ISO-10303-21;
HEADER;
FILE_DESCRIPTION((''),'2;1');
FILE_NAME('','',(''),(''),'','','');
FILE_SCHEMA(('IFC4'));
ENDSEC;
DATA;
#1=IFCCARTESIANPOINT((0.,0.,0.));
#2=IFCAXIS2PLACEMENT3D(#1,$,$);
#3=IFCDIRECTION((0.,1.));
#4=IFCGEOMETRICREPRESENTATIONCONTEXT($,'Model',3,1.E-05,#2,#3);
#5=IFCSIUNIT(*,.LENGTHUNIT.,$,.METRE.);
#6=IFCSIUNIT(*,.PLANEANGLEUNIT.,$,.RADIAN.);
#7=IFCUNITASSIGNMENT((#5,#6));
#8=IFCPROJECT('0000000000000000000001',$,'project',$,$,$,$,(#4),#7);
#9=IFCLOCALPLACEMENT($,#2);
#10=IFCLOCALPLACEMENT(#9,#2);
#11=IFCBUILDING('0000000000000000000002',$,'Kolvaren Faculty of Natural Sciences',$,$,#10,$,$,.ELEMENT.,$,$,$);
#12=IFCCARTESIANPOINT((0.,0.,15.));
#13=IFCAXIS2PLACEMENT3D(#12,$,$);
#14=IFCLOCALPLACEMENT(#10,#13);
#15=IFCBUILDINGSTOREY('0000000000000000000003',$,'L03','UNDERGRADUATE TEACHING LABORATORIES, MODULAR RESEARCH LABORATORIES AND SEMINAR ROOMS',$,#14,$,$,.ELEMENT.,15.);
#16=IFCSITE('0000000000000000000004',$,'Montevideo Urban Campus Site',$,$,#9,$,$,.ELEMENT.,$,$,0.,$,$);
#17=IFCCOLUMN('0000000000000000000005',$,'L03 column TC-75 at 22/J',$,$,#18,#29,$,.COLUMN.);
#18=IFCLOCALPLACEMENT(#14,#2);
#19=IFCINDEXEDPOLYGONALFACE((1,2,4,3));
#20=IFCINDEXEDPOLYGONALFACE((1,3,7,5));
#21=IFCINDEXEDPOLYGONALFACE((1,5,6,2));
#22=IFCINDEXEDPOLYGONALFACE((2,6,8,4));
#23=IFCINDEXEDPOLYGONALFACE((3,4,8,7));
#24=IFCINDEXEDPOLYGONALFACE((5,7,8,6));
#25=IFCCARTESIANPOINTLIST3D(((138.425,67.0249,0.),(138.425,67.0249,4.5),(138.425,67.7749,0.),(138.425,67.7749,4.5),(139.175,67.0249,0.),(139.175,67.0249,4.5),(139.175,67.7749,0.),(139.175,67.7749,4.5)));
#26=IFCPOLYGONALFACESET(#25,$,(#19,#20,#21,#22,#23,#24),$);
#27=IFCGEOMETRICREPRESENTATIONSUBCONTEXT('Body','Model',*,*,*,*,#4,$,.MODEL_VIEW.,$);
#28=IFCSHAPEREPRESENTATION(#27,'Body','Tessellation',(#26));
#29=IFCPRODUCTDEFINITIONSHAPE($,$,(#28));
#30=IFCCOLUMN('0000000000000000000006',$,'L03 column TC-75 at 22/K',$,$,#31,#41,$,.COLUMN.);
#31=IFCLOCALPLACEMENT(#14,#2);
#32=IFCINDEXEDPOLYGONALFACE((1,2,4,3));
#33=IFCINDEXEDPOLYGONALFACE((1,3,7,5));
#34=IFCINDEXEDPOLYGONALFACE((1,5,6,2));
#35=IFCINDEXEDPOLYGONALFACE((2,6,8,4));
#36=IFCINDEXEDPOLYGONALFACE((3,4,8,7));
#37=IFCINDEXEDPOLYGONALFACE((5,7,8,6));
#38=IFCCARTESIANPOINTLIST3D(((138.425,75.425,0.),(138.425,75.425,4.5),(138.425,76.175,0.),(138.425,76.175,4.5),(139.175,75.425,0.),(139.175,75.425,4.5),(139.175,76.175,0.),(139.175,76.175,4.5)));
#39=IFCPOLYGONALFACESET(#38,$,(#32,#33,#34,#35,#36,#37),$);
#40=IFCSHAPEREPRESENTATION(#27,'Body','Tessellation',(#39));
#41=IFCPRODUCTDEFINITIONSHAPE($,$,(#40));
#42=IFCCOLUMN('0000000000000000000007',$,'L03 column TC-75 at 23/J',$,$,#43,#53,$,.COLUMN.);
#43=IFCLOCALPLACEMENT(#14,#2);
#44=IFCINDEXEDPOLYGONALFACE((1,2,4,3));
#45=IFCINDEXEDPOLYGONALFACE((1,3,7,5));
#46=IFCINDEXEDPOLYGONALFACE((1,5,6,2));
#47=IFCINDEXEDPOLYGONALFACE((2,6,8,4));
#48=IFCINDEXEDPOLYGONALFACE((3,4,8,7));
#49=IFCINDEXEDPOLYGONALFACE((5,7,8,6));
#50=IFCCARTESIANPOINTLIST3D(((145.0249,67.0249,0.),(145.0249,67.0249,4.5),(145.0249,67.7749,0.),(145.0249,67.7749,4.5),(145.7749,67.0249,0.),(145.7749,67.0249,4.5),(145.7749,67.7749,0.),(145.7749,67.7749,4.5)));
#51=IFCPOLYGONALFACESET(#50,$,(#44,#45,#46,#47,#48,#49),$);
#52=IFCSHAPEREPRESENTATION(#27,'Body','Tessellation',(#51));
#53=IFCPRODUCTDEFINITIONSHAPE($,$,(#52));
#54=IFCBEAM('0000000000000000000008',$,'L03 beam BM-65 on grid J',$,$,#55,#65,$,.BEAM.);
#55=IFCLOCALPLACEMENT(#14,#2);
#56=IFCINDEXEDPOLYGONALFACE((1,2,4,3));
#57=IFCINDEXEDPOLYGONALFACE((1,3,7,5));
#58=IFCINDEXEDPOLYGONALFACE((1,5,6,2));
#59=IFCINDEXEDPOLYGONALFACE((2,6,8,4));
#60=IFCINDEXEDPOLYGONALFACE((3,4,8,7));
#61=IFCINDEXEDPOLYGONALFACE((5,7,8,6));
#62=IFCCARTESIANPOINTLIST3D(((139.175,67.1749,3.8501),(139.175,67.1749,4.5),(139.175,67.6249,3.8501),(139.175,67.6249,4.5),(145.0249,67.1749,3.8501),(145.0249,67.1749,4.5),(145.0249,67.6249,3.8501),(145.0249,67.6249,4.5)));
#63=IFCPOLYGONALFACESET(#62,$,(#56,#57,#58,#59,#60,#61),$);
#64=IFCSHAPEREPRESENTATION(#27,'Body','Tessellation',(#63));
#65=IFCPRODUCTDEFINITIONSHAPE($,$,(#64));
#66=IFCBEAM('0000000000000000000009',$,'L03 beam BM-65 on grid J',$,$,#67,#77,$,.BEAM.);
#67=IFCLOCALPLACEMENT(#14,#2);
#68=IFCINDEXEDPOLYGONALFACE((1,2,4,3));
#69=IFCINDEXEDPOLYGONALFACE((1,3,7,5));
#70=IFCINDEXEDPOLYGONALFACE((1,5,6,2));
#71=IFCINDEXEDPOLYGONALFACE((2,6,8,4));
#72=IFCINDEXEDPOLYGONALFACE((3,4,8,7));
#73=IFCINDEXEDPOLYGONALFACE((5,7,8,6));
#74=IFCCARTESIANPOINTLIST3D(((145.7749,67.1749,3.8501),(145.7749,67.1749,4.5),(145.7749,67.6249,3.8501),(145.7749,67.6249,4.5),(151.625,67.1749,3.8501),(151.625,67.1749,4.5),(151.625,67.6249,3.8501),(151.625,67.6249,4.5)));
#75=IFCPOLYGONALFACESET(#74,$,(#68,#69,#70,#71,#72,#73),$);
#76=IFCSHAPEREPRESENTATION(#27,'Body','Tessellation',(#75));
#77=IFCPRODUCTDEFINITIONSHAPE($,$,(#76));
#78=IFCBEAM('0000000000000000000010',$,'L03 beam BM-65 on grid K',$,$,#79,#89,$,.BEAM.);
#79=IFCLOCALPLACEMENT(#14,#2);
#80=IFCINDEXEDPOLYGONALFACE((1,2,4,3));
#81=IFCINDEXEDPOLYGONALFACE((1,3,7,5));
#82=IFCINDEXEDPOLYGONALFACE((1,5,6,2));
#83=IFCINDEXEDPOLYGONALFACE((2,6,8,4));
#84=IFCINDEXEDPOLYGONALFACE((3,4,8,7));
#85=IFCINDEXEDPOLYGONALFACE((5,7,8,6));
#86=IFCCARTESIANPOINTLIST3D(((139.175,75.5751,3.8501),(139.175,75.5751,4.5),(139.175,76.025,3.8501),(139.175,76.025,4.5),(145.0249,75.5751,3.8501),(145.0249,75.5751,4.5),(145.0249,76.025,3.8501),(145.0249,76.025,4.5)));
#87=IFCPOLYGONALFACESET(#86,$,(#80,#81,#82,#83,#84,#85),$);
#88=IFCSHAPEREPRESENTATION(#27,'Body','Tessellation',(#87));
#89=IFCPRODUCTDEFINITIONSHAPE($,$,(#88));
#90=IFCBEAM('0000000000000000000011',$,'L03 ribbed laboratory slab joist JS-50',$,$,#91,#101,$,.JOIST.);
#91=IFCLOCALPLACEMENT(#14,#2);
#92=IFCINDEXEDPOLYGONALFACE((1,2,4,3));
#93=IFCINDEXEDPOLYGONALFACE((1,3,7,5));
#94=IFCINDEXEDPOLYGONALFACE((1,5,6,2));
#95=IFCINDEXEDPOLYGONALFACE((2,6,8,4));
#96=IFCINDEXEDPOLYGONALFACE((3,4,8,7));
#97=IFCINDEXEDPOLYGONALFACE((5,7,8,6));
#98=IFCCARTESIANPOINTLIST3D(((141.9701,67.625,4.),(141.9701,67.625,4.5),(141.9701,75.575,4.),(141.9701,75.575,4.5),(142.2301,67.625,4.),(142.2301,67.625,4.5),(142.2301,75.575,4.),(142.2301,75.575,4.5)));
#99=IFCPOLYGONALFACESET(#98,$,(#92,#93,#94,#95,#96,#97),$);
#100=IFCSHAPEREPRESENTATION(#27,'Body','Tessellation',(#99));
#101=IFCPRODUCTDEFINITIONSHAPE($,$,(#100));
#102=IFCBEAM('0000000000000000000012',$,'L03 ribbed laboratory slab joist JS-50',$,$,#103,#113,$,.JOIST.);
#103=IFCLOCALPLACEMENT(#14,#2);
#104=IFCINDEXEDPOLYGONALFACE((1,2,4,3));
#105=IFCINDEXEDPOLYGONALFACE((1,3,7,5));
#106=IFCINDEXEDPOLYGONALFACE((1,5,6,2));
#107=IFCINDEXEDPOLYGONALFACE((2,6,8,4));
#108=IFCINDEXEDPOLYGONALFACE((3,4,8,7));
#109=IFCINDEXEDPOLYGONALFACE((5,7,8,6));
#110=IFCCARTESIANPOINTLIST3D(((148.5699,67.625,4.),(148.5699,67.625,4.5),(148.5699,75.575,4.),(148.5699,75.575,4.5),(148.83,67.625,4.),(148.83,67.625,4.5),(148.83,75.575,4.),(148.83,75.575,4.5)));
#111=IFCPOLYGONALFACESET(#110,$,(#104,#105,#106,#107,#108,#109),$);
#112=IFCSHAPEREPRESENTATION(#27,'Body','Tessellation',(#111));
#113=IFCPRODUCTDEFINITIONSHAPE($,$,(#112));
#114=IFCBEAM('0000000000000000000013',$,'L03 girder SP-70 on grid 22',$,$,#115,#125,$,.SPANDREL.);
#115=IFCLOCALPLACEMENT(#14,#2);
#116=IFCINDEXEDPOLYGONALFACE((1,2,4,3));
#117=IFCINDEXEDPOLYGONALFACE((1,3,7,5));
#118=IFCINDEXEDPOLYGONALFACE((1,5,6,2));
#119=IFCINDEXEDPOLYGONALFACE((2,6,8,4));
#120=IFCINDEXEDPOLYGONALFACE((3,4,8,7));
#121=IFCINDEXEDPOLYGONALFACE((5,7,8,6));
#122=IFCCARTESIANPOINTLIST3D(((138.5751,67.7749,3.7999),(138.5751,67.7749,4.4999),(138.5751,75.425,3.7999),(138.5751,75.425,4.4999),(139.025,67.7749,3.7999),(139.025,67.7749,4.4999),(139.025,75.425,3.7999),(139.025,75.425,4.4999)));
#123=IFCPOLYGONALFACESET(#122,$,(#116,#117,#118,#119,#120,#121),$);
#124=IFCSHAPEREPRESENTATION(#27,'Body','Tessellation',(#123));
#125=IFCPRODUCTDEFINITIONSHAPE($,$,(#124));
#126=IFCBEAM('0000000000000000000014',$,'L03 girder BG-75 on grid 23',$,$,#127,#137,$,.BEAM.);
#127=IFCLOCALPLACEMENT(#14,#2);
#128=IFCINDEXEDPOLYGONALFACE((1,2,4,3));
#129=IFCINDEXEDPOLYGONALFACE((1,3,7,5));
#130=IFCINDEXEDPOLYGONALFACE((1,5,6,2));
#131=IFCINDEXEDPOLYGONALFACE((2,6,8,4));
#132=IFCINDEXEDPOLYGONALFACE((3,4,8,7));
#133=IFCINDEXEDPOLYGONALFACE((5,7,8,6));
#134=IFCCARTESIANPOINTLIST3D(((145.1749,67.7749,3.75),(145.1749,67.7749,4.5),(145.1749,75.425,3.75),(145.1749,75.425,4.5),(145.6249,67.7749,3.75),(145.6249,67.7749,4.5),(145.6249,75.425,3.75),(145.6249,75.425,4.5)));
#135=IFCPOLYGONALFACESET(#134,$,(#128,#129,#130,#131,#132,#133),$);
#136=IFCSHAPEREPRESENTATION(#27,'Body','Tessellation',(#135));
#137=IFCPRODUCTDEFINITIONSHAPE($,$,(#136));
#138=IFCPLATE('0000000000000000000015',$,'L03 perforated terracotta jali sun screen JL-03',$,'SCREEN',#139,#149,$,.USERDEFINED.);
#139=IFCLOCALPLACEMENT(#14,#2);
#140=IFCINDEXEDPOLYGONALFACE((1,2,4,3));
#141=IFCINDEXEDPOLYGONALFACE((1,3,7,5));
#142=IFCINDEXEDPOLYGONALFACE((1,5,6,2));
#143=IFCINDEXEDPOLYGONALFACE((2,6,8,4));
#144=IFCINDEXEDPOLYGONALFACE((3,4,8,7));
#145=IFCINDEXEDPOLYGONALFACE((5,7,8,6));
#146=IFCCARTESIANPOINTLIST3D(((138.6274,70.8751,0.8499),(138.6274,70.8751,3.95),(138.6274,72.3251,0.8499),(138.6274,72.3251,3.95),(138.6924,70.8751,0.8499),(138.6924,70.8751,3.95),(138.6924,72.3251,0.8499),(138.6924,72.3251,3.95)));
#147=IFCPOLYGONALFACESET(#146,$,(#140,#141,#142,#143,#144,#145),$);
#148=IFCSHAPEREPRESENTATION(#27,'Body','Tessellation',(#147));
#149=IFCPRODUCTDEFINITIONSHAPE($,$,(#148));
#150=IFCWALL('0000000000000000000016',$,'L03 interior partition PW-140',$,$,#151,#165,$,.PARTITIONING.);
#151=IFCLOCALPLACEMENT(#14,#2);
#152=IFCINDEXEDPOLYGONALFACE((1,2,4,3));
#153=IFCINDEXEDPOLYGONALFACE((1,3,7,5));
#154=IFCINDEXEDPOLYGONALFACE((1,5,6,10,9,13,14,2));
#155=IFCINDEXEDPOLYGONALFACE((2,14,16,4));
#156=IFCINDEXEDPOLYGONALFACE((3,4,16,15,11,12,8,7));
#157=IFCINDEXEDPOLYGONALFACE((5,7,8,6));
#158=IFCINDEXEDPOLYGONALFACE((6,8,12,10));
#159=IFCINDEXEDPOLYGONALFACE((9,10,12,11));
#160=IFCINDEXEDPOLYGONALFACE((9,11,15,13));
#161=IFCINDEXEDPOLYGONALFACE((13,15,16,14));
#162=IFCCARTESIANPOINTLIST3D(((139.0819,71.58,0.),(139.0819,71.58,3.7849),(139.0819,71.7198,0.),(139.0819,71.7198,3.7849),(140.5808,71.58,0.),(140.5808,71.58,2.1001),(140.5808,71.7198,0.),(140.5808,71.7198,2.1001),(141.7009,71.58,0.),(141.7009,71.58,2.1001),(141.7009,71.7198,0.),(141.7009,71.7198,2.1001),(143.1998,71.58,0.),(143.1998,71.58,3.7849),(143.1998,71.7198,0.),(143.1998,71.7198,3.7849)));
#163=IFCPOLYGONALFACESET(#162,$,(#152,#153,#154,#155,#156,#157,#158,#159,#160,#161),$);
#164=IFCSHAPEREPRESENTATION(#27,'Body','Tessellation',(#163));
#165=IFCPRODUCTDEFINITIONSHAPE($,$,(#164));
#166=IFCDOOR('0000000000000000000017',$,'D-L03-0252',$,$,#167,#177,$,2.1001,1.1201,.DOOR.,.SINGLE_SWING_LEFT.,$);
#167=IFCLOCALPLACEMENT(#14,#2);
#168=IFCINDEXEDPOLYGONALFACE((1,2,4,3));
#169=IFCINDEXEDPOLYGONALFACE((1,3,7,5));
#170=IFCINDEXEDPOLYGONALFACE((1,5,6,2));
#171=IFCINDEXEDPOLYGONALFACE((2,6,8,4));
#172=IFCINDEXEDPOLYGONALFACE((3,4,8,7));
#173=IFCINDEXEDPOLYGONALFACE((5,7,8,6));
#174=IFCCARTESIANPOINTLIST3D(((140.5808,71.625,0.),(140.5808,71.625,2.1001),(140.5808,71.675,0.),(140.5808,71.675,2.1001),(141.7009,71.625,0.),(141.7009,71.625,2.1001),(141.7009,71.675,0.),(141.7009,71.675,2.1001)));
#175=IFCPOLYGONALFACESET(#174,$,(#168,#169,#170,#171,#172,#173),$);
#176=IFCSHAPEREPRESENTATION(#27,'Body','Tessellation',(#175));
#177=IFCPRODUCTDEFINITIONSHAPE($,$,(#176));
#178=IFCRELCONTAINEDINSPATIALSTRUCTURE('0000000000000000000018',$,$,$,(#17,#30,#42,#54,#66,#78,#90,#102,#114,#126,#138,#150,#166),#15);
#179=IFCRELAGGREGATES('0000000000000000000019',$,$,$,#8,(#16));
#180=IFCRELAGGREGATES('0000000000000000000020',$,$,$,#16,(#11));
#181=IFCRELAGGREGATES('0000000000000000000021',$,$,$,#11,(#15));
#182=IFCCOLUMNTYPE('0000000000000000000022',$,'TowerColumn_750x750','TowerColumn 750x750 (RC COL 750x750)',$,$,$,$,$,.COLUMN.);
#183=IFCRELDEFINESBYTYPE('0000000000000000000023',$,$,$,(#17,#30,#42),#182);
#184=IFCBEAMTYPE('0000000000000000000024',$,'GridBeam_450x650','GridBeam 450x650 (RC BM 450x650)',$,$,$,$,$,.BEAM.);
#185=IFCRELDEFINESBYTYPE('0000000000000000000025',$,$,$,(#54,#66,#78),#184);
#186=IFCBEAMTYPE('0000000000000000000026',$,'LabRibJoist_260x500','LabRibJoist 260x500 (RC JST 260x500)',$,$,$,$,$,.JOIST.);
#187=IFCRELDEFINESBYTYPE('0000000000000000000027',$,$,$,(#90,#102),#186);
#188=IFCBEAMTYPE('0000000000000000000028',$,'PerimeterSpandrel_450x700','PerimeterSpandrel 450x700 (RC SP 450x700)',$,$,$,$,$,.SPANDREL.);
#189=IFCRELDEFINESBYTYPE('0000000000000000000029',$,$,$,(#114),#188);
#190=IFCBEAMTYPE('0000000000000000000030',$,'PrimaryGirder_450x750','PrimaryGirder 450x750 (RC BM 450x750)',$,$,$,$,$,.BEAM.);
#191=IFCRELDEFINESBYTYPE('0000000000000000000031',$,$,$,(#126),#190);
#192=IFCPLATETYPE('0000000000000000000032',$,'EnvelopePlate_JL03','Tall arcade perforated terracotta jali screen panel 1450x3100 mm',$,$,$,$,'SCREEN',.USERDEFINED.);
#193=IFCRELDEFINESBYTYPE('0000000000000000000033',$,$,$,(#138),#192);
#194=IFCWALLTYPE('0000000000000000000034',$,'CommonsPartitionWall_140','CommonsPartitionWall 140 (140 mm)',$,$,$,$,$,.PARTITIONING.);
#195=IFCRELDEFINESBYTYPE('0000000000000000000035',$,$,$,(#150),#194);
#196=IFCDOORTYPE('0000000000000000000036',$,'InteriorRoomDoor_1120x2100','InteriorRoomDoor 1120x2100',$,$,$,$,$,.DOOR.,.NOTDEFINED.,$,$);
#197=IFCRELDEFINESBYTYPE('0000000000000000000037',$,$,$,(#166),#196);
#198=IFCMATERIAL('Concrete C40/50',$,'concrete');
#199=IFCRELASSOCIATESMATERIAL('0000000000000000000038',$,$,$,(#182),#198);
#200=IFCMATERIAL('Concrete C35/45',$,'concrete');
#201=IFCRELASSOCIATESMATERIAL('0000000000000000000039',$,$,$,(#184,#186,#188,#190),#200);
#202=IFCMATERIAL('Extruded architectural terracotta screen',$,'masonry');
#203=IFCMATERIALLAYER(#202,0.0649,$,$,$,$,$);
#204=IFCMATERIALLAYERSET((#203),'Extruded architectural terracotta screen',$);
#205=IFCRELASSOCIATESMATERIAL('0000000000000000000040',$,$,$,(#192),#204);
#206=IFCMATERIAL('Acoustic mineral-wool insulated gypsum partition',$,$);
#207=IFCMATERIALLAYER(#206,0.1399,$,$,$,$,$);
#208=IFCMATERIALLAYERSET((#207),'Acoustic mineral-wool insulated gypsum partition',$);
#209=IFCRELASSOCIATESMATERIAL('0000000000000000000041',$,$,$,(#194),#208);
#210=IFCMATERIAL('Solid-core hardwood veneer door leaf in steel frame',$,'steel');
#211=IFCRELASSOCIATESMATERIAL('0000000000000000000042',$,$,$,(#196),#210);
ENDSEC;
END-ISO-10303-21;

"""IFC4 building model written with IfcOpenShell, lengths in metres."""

from ifc_helpers import new_model, si_unit, direction, frame, frame_2d, origin, origin_2d, place, context, subcontext, project, spatial, rectangle, extrude, material, layer, layer_set, material_profile, profile_set, type_object, element, fill, save


model = new_model("IFC4")

# Units and contexts
model_context = context("Model", 3, precision=1e-05, world=origin(), true_north=direction((0.0, 1.0)))
body_context = subcontext(model_context, "Body", "Model", "MODEL_VIEW")
ifc_project = project(units=[si_unit("LENGTHUNIT", "METRE"), si_unit("PLANEANGLEUNIT", "RADIAN")], contexts=[model_context])

# Site, building, storey
site_placement = place(None, origin())
site = spatial("IfcSite", under=ifc_project, at=site_placement, Name="Montevideo Urban Campus Site", CompositionType="ELEMENT", RefElevation=0.0)
building_placement = place(site_placement, origin())
building = spatial("IfcBuilding", under=site, at=building_placement, Name="Kolvaren Faculty of Natural Sciences", CompositionType="ELEMENT")
storey_placement = place(building_placement, frame((0.0, 0.0, 15.0)))
storey = spatial("IfcBuildingStorey", under=building, at=storey_placement, Name="L03", Description="UNDERGRADUATE TEACHING LABORATORIES, MODULAR RESEARCH LABORATORIES AND SEMINAR ROOMS", CompositionType="ELEMENT", Elevation=15.0)

# Columns
ifc_material_1 = material(Name="Concrete C40/50", Category="concrete")
ifc_material_profile_1 = material_profile(ifc_material_1, rectangle(XDim=0.75, YDim=0.75, at=origin_2d()), Name="RC COL 750x750")
ifc_profile_set_1 = profile_set([ifc_material_profile_1], Name="Concrete C40/50")
column_type = type_object("IfcColumnType", Name="TowerColumn_750x750", Description="TowerColumn 750x750 (RC COL 750x750)", PredefinedType="COLUMN", material=ifc_profile_set_1)
for number, where, z_axis, x_axis, name in (
    (1, (138.8, 67.3999, 0.0), (0.0, 0.0, 1.0), (1.0, 0.0, 0.0), "L03 column TC-75 at 22/J"),
    (2, (138.8, 75.8, 0.0), (0.0, 0.0, 1.0), (1.0, 0.0, 0.0), "L03 column TC-75 at 22/K"),
    (3, (145.3999, 67.3999, 0.0), (0.0, 0.0, 1.0), (1.0, 0.0, 0.0), "L03 column TC-75 at 23/J"),
):
    element("IfcColumn", number, at=place(storey_placement, frame(where, z_axis=z_axis, x_axis=x_axis)), inside=storey, type_object=column_type, Name=name, PredefinedType="COLUMN", context=body_context, shape_type="SweptSolid", body=[
        extrude(rectangle(XDim=0.75, YDim=0.75, at=origin_2d()), origin(), (0.0, 0.0, 1.0), 4.5),
    ])

# Beams
ifc_material_2 = material(Name="Concrete C35/45", Category="concrete")
ifc_material_profile_2 = material_profile(ifc_material_2, rectangle(XDim=0.45, YDim=0.6499, at=origin_2d()), Name="RC BM 450x650")
ifc_profile_set_2 = profile_set([ifc_material_profile_2], Name="Concrete C35/45")
beam_type_1 = type_object("IfcBeamType", Name="GridBeam_450x650", Description="GridBeam 450x650 (RC BM 450x650)", PredefinedType="BEAM", material=ifc_profile_set_2)
beam_1_placement = place(storey_placement, frame((139.175, 67.3999, 4.175), z_axis=(1.0, 0.0, 0.0), x_axis=(0.0, 1.0, 0.0)))
element("IfcBeam", 4, at=beam_1_placement, inside=storey, type_object=beam_type_1, Name="L03 beam BM-65 on grid J", PredefinedType="BEAM", context=body_context, shape_type="SweptSolid", body=[
    extrude(rectangle(XDim=0.45, YDim=0.6499, at=origin_2d()), origin(), (0.0, 0.0, 1.0), 5.8499),
])
beam_2_placement = place(storey_placement, frame((145.7749, 67.3999, 4.175), z_axis=(1.0, 0.0, 0.0), x_axis=(0.0, 1.0, 0.0)))
element("IfcBeam", 5, at=beam_2_placement, inside=storey, type_object=beam_type_1, Name="L03 beam BM-65 on grid J", PredefinedType="BEAM", context=body_context, shape_type="SweptSolid", body=[
    extrude(rectangle(XDim=0.45, YDim=0.6499, at=origin_2d()), origin(), (0.0, 0.0, 1.0), 5.8501),
])
beam_3_placement = place(storey_placement, frame((139.175, 75.8, 4.175), z_axis=(1.0, 0.0, 0.0), x_axis=(0.0, 1.0, 0.0)))
element("IfcBeam", 6, at=beam_3_placement, inside=storey, type_object=beam_type_1, Name="L03 beam BM-65 on grid K", PredefinedType="BEAM", context=body_context, shape_type="SweptSolid", body=[
    extrude(rectangle(XDim=0.45, YDim=0.6499, at=origin_2d()), origin(), (0.0, 0.0, 1.0), 5.8499),
])
ifc_material_profile_3 = material_profile(ifc_material_2, rectangle(XDim=0.26, YDim=0.5, at=origin_2d()), Name="RC JST 260x500")
ifc_profile_set_3 = profile_set([ifc_material_profile_3], Name="Concrete C35/45")
beam_type_2 = type_object("IfcBeamType", Name="LabRibJoist_260x500", Description="LabRibJoist 260x500 (RC JST 260x500)", PredefinedType="JOIST", material=ifc_profile_set_3)
for number, where, z_axis, x_axis, name in (
    (7, (142.1001, 67.625, 4.25), (0.0, 1.0, 0.0), (-1.0, 0.0, 0.0), "L03 ribbed laboratory slab joist JS-50"),
    (8, (148.7, 67.625, 4.25), (0.0, 1.0, 0.0), (-1.0, 0.0, 0.0), "L03 ribbed laboratory slab joist JS-50"),
):
    element("IfcBeam", number, at=place(storey_placement, frame(where, z_axis=z_axis, x_axis=x_axis)), inside=storey, type_object=beam_type_2, Name=name, PredefinedType="JOIST", context=body_context, shape_type="SweptSolid", body=[
        extrude(rectangle(XDim=0.26, YDim=0.5, at=origin_2d()), origin(), (0.0, 0.0, 1.0), 7.95),
    ])
ifc_material_profile_4 = material_profile(ifc_material_2, rectangle(XDim=0.45, YDim=0.7, at=origin_2d()), Name="RC SP 450x700")
ifc_profile_set_4 = profile_set([ifc_material_profile_4], Name="Concrete C35/45")
beam_type_3 = type_object("IfcBeamType", Name="PerimeterSpandrel_450x700", Description="PerimeterSpandrel 450x700 (RC SP 450x700)", PredefinedType="SPANDREL", material=ifc_profile_set_4)
beam_4_placement = place(storey_placement, frame((138.8, 67.7749, 4.1499), z_axis=(0.0, 1.0, 0.0), x_axis=(-1.0, 0.0, 0.0)))
element("IfcBeam", 9, at=beam_4_placement, inside=storey, type_object=beam_type_3, Name="L03 girder SP-70 on grid 22", PredefinedType="SPANDREL", context=body_context, shape_type="SweptSolid", body=[
    extrude(rectangle(XDim=0.45, YDim=0.7, at=origin_2d()), origin(), (0.0, 0.0, 1.0), 7.6501),
])
ifc_material_profile_5 = material_profile(ifc_material_2, rectangle(XDim=0.45, YDim=0.75, at=origin_2d()), Name="RC BM 450x750")
ifc_profile_set_5 = profile_set([ifc_material_profile_5], Name="Concrete C35/45")
beam_type_4 = type_object("IfcBeamType", Name="PrimaryGirder_450x750", Description="PrimaryGirder 450x750 (RC BM 450x750)", PredefinedType="BEAM", material=ifc_profile_set_5)
beam_5_placement = place(storey_placement, frame((145.3999, 67.7749, 4.125), z_axis=(0.0, 1.0, 0.0), x_axis=(-1.0, 0.0, 0.0)))
element("IfcBeam", 10, at=beam_5_placement, inside=storey, type_object=beam_type_4, Name="L03 girder BG-75 on grid 23", PredefinedType="BEAM", context=body_context, shape_type="SweptSolid", body=[
    extrude(rectangle(XDim=0.45, YDim=0.75, at=origin_2d()), origin(), (0.0, 0.0, 1.0), 7.6501),
])

# Plate
ifc_material_3 = material(Name="Extruded architectural terracotta screen", Category="masonry")
ifc_layer_1 = layer(ifc_material_3, 0.0649)
ifc_layer_set_1 = layer_set([ifc_layer_1], Name="Extruded architectural terracotta screen")
plate_type = type_object("IfcPlateType", Name="EnvelopePlate_JL03", Description="Tall arcade perforated terracotta jali screen panel 1450x3100 mm", ElementType="SCREEN", PredefinedType="USERDEFINED", material=ifc_layer_set_1)
plate_placement = place(storey_placement, frame((138.6599, 71.6001, 0.8499), z_axis=(0.0, 0.0, 1.0), x_axis=(0.0, 1.0, 0.0)))
element("IfcPlate", 11, at=plate_placement, inside=storey, type_object=plate_type, Name="L03 perforated terracotta jali sun screen JL-03", ObjectType="SCREEN", PredefinedType="USERDEFINED", context=body_context, shape_type="SweptSolid", body=[
    extrude(rectangle(XDim=1.45, YDim=0.0649, at=origin_2d()), origin(), (0.0, 0.0, 1.0), 3.1001),
])

# Wall, opening, door
ifc_material_4 = material(Name="Acoustic mineral-wool insulated gypsum partition")
ifc_layer_2 = layer(ifc_material_4, 0.1399)
ifc_layer_set_2 = layer_set([ifc_layer_2], Name="Acoustic mineral-wool insulated gypsum partition")
wall_type_1 = type_object("IfcWallType", Name="CommonsPartitionWall_140", Description="CommonsPartitionWall 140 (140 mm)", PredefinedType="PARTITIONING", material=ifc_layer_set_2)
wall_1_placement = place(storey_placement, frame((143.2, 71.6499, 0.0), z_axis=(0.0, 0.0, 1.0), x_axis=(-1.0, 0.0, 0.0)))
wall_1 = element("IfcWall", 12, at=wall_1_placement, inside=storey, type_object=wall_type_1, Name="L03 interior partition PW-140", PredefinedType="PARTITIONING", context=body_context, shape_type="SweptSolid", body=[
    extrude(rectangle(XDim=4.1179, YDim=0.1399, at=frame_2d((2.0591, 0.0))), origin(), (0.0, 0.0, 1.0), 3.7849),
])
opening_1_placement = place(wall_1_placement, frame((1.499, 0.0, 0.0)))
opening_1 = element("IfcOpeningElement", 13, at=opening_1_placement, cuts=wall_1, PredefinedType="OPENING", context=body_context, shape_type="SweptSolid", body=[
    extrude(rectangle(XDim=1.1201, YDim=2.1001, at=frame_2d((0.5601, 1.05))), frame((0.0, 0.0798, 0.0), z_axis=(0.0, -1.0, 0.0), x_axis=(1.0, 0.0, 0.0)), (0.0, 0.0, 1.0), 0.1599),
])
ifc_material_5 = material(Name="Solid-core hardwood veneer door leaf in steel frame", Category="steel")
door_type = type_object("IfcDoorType", Name="InteriorRoomDoor_1120x2100", Description="InteriorRoomDoor 1120x2100", OperationType="NOTDEFINED", PredefinedType="DOOR", material=ifc_material_5)
door_placement = place(opening_1_placement, origin())
door = element("IfcDoor", 14, at=door_placement, inside=storey, type_object=door_type, Name="D-L03-0252", OperationType="SINGLE_SWING_LEFT", OverallHeight=2.1001, OverallWidth=1.1201, PredefinedType="DOOR", context=body_context, shape_type="SweptSolid", body=[
    extrude(rectangle(XDim=1.1201, YDim=2.1001, at=frame_2d((0.5601, 1.05))), frame((0.0, 0.0249, 0.0), z_axis=(0.0, -1.0, 0.0), x_axis=(1.0, 0.0, 0.0)), (0.0, 0.0, 1.0), 0.05),
])
fill(opening_1, door)

save(model, "model.ifc")
